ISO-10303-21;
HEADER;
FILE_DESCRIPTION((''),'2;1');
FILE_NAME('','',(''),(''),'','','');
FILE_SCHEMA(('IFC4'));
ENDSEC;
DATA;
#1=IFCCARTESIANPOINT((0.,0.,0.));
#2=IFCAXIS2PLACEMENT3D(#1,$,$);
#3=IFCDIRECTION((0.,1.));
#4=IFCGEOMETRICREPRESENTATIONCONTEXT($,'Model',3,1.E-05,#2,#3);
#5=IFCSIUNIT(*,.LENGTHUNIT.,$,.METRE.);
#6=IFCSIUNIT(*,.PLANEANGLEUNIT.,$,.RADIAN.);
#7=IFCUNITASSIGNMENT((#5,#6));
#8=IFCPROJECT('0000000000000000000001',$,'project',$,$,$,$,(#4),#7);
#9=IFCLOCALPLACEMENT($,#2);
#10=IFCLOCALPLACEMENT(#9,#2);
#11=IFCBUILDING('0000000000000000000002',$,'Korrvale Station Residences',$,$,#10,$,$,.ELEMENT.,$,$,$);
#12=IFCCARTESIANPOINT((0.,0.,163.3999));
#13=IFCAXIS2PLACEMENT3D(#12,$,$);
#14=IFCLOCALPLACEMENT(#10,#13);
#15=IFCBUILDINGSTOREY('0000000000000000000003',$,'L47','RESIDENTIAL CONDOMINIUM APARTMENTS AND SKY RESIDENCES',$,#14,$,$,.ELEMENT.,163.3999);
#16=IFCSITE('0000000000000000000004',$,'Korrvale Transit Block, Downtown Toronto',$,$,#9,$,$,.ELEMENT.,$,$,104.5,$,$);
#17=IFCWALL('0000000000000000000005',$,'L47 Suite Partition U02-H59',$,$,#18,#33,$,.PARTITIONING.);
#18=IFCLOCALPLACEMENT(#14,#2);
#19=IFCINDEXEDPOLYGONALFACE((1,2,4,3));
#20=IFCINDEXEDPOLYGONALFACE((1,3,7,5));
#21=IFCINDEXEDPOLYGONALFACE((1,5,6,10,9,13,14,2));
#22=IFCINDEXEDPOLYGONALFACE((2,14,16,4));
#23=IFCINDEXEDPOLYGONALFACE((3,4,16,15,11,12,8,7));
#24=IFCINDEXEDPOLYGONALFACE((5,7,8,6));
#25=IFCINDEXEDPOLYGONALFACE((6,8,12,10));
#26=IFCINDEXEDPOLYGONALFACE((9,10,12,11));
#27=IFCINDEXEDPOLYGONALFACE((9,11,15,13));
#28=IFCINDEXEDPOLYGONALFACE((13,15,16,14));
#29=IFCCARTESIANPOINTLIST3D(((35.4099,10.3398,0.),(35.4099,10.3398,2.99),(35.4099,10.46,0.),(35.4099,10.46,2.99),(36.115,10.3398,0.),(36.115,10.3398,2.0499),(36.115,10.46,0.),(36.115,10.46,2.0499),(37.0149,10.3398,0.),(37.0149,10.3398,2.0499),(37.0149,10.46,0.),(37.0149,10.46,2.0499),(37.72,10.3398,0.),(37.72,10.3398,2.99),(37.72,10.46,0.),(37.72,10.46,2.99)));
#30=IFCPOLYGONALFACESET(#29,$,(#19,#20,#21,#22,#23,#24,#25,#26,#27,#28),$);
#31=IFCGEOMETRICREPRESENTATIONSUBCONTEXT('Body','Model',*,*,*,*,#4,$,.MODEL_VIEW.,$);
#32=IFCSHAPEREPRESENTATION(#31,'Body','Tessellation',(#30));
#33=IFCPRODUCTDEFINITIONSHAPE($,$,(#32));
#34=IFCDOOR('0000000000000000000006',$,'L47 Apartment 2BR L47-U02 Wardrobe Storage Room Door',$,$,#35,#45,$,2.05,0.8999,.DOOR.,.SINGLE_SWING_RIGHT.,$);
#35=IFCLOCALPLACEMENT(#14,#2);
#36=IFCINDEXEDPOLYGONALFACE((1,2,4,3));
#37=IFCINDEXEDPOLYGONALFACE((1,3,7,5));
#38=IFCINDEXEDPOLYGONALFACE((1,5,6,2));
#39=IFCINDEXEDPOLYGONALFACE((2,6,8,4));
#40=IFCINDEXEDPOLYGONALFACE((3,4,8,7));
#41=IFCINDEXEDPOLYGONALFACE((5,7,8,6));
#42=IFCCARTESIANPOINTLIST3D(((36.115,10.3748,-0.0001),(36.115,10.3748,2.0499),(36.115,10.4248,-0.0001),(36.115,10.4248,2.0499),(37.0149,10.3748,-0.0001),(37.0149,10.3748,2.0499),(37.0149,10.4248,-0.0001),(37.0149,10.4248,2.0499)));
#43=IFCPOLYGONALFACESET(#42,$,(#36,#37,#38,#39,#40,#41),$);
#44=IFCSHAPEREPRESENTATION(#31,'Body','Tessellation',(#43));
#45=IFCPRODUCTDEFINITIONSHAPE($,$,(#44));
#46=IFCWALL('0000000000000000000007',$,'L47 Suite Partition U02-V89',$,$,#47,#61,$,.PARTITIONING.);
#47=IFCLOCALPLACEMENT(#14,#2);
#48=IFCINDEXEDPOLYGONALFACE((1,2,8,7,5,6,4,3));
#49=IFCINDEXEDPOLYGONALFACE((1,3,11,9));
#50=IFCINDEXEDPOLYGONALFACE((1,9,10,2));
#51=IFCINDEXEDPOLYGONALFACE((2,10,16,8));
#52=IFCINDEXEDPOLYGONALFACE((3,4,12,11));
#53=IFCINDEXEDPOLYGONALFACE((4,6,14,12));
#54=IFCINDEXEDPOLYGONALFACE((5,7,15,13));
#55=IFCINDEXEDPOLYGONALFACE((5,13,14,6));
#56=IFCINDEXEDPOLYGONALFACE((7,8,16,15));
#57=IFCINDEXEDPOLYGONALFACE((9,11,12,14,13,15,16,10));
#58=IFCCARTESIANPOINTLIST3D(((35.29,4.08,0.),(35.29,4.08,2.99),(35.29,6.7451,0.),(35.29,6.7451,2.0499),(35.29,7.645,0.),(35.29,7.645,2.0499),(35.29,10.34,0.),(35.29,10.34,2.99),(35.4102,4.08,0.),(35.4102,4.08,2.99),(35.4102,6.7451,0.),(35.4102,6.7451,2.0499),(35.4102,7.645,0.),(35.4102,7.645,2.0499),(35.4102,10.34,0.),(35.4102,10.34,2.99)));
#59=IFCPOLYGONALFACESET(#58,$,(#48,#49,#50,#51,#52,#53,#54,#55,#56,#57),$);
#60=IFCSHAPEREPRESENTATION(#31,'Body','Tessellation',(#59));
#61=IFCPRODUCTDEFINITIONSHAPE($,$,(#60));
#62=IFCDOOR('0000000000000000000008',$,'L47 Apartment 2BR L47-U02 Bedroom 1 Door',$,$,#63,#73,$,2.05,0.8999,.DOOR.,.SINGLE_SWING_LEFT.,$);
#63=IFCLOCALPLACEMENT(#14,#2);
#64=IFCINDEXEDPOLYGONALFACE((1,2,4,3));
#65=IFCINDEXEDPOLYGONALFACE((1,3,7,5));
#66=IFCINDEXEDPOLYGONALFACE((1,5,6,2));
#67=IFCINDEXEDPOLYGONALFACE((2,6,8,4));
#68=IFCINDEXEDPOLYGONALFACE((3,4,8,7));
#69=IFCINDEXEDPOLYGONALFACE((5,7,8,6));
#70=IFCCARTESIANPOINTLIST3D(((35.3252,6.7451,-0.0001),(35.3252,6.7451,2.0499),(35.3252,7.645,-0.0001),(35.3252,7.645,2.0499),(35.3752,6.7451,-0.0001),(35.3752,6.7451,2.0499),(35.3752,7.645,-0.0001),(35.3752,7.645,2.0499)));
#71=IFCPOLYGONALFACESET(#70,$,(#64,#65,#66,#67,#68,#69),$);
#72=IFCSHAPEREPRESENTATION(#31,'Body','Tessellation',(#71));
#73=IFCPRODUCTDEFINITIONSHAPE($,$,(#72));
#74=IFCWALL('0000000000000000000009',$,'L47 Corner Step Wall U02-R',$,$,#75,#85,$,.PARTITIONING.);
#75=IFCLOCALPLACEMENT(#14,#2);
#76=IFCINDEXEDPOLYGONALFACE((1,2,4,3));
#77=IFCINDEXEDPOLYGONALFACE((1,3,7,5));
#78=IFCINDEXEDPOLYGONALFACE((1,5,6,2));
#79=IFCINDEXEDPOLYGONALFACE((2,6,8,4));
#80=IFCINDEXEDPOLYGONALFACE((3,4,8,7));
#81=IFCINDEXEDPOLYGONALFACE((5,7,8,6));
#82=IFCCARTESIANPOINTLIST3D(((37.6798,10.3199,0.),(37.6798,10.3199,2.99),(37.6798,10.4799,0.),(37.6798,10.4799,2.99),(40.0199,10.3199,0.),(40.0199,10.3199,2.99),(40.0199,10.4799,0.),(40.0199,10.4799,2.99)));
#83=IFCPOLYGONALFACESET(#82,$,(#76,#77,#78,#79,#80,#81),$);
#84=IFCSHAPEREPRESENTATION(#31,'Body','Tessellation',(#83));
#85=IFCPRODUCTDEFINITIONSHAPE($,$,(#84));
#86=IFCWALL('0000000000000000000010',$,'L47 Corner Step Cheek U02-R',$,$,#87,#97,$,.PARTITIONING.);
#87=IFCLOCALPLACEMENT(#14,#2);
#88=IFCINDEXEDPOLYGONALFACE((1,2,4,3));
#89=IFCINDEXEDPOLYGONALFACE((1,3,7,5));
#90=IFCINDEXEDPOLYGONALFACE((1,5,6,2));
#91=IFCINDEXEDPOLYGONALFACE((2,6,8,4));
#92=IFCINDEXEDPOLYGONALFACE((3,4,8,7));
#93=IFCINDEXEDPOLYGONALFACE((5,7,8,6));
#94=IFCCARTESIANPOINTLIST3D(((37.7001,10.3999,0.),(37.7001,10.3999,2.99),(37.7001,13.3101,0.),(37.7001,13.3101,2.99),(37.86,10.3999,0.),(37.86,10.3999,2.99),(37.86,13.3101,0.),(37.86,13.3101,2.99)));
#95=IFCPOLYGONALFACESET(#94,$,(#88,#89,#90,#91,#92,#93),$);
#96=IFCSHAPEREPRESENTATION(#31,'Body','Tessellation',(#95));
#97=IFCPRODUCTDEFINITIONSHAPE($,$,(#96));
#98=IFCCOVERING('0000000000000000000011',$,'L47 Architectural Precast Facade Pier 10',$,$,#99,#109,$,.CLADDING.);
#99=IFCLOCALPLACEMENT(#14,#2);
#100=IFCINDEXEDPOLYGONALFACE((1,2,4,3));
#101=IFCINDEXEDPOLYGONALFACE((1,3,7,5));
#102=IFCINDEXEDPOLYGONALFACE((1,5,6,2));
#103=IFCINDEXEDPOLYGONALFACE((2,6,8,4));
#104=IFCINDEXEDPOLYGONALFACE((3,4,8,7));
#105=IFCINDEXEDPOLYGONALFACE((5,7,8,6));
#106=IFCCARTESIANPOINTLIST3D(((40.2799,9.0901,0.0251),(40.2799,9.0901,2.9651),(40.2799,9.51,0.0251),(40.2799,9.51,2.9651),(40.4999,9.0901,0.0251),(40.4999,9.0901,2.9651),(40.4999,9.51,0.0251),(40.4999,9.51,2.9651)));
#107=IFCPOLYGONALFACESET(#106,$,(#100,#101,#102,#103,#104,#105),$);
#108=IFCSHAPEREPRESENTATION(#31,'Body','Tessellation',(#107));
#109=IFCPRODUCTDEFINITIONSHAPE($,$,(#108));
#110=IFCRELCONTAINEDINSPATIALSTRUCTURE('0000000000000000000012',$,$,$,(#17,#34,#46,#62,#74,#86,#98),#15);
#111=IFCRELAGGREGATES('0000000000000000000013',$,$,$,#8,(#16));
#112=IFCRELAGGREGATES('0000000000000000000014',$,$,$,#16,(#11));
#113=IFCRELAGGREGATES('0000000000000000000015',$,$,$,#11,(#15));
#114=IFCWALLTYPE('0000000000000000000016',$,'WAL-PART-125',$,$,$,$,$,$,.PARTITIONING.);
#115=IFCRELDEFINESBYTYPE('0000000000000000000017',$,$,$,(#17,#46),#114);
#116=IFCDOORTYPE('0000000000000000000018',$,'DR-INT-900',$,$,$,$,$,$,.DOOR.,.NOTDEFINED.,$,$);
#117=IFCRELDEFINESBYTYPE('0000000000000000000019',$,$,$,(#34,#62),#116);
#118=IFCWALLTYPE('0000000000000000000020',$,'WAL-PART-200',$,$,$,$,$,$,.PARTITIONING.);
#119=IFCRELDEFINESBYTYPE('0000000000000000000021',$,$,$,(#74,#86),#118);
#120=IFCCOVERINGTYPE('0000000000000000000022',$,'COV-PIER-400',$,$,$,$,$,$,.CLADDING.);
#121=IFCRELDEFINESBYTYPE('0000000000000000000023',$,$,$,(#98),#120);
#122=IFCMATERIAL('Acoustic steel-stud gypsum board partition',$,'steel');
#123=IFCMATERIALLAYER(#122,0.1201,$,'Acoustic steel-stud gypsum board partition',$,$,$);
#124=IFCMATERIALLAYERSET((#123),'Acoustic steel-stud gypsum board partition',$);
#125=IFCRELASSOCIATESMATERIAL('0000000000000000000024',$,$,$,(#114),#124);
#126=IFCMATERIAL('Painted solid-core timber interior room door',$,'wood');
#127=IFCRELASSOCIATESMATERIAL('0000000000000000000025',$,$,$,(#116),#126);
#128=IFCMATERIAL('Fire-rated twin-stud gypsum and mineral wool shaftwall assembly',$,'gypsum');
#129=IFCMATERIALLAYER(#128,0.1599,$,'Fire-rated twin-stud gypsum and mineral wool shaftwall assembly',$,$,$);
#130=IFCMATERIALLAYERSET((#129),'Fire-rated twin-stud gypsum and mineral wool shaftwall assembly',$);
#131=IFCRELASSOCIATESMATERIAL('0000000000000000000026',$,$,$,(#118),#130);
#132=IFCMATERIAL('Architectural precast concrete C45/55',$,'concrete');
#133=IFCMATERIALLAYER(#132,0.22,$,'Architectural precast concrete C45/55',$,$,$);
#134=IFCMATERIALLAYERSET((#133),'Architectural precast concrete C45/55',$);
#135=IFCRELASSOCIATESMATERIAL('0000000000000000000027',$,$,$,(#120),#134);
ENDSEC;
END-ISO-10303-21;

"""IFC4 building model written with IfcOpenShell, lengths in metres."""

from ifc_helpers import new_model, si_unit, direction, frame, frame_2d, origin, origin_2d, place, context, subcontext, project, spatial, rectangle, extrude, material, layer, layer_set, type_object, element, fill, save


model = new_model("IFC4")

# Units and contexts
model_context = context("Model", 3, precision=1e-05, world=origin(), true_north=direction((0.0, 1.0)))
body_context = subcontext(model_context, "Body", "Model", "MODEL_VIEW")
ifc_project = project(units=[si_unit("LENGTHUNIT", "METRE"), si_unit("PLANEANGLEUNIT", "RADIAN")], contexts=[model_context])

# Site, building, storey
site_placement = place(None, origin())
site = spatial("IfcSite", under=ifc_project, at=site_placement, Name="Korrvale Transit Block, Downtown Toronto", CompositionType="ELEMENT", RefElevation=104.5)
building_placement = place(site_placement, origin())
building = spatial("IfcBuilding", under=site, at=building_placement, Name="Korrvale Station Residences", CompositionType="ELEMENT")
storey_placement = place(building_placement, frame((0.0, 0.0, 163.3999)))
storey = spatial("IfcBuildingStorey", under=building, at=storey_placement, Name="L47", Description="RESIDENTIAL CONDOMINIUM APARTMENTS AND SKY RESIDENCES", CompositionType="ELEMENT", Elevation=163.3999)

# Shared definitions
ifc_material_1 = material(Name="Acoustic steel-stud gypsum board partition", Category="steel")
ifc_layer_1 = layer(ifc_material_1, 0.1201, Name="Acoustic steel-stud gypsum board partition")
ifc_layer_set_1 = layer_set([ifc_layer_1], Name="Acoustic steel-stud gypsum board partition")
wall_type_1 = type_object("IfcWallType", Name="WAL-PART-125", PredefinedType="PARTITIONING", material=ifc_layer_set_1)

# Walls, openings, doors
wall_1_placement = place(storey_placement, frame((35.4099, 10.3999, 0.0), z_axis=(0.0, 0.0, 1.0), x_axis=(1.0, 0.0, 0.0)))
wall_1 = element("IfcWall", 1, at=wall_1_placement, inside=storey, type_object=wall_type_1, Name="L47 Suite Partition U02-H59", PredefinedType="PARTITIONING", context=body_context, shape_type="SweptSolid", body=[
    extrude(rectangle(XDim=2.3101, YDim=0.1201, at=frame_2d((1.155, 0.0))), origin(), (0.0, 0.0, 1.0), 2.99),
])
opening_1_placement = place(wall_1_placement, frame((0.7051, 0.0, 0.0)))
opening_1 = element("IfcOpeningElement", 2, at=opening_1_placement, cuts=wall_1, PredefinedType="OPENING", context=body_context, shape_type="SweptSolid", body=[
    extrude(rectangle(XDim=0.8999, YDim=2.05, at=frame_2d((0.45, 1.0249))), frame((0.0, 0.0701, 0.0), z_axis=(0.0, -1.0, 0.0), x_axis=(1.0, 0.0, 0.0)), (0.0, 0.0, 1.0), 0.1401),
])
ifc_material_2 = material(Name="Painted solid-core timber interior room door", Category="wood")
door_type = type_object("IfcDoorType", Name="DR-INT-900", OperationType="NOTDEFINED", PredefinedType="DOOR", material=ifc_material_2)
door_1_placement = place(opening_1_placement, origin())
door_1 = element("IfcDoor", 3, at=door_1_placement, inside=storey, type_object=door_type, Name="L47 Apartment 2BR L47-U02 Wardrobe Storage Room Door", OperationType="SINGLE_SWING_RIGHT", OverallHeight=2.05, OverallWidth=0.8999, PredefinedType="DOOR", context=body_context, shape_type="SweptSolid", body=[
    extrude(rectangle(XDim=0.8999, YDim=2.05, at=frame_2d((0.45, 1.0249))), frame((0.0, 0.0249, 0.0), z_axis=(0.0, -1.0, 0.0), x_axis=(1.0, 0.0, 0.0)), (0.0, 0.0, 1.0), 0.05),
])
fill(opening_1, door_1)
wall_2_placement = place(storey_placement, frame((35.3501, 4.0801, 0.0), z_axis=(0.0, 0.0, 1.0), x_axis=(0.0, 1.0, 0.0)))
wall_2 = element("IfcWall", 4, at=wall_2_placement, inside=storey, type_object=wall_type_1, Name="L47 Suite Partition U02-V89", PredefinedType="PARTITIONING", context=body_context, shape_type="SweptSolid", body=[
    extrude(rectangle(XDim=6.26, YDim=0.1201, at=frame_2d((3.1299, 0.0))), origin(), (0.0, 0.0, 1.0), 2.99),
])
opening_2_placement = place(wall_2_placement, frame((2.665, 0.0, 0.0)))
opening_2 = element("IfcOpeningElement", 5, at=opening_2_placement, cuts=wall_2, PredefinedType="OPENING", context=body_context, shape_type="SweptSolid", body=[
    extrude(rectangle(XDim=0.8999, YDim=2.05, at=frame_2d((0.45, 1.0249))), frame((0.0, 0.0701, 0.0), z_axis=(0.0, -1.0, 0.0), x_axis=(1.0, 0.0, 0.0)), (0.0, 0.0, 1.0), 0.1401),
])
door_2_placement = place(opening_2_placement, origin())
door_2 = element("IfcDoor", 6, at=door_2_placement, inside=storey, type_object=door_type, Name="L47 Apartment 2BR L47-U02 Bedroom 1 Door", OperationType="SINGLE_SWING_LEFT", OverallHeight=2.05, OverallWidth=0.8999, PredefinedType="DOOR", context=body_context, shape_type="SweptSolid", body=[
    extrude(rectangle(XDim=0.8999, YDim=2.05, at=frame_2d((0.45, 1.0249))), frame((0.0, 0.0249, 0.0), z_axis=(0.0, -1.0, 0.0), x_axis=(1.0, 0.0, 0.0)), (0.0, 0.0, 1.0), 0.05),
])
fill(opening_2, door_2)

# Walls
ifc_material_3 = material(Name="Fire-rated twin-stud gypsum and mineral wool shaftwall assembly", Category="gypsum")
ifc_layer_2 = layer(ifc_material_3, 0.1599, Name="Fire-rated twin-stud gypsum and mineral wool shaftwall assembly")
ifc_layer_set_2 = layer_set([ifc_layer_2], Name="Fire-rated twin-stud gypsum and mineral wool shaftwall assembly")
wall_type_2 = type_object("IfcWallType", Name="WAL-PART-200", PredefinedType="PARTITIONING", material=ifc_layer_set_2)
wall_3_placement = place(storey_placement, frame((37.6799, 10.3999, 0.0), z_axis=(0.0, 0.0, 1.0), x_axis=(1.0, 0.0, 0.0)))
element("IfcWall", 7, at=wall_3_placement, inside=storey, type_object=wall_type_2, Name="L47 Corner Step Wall U02-R", PredefinedType="PARTITIONING", context=body_context, shape_type="SweptSolid", body=[
    extrude(rectangle(XDim=2.3401, YDim=0.1599, at=frame_2d((1.1699, 0.0))), origin(), (0.0, 0.0, 1.0), 2.99),
])
wall_4_placement = place(storey_placement, frame((37.78, 10.3999, 0.0), z_axis=(0.0, 0.0, 1.0), x_axis=(0.0, 1.0, 0.0)))
element("IfcWall", 8, at=wall_4_placement, inside=storey, type_object=wall_type_2, Name="L47 Corner Step Cheek U02-R", PredefinedType="PARTITIONING", context=body_context, shape_type="SweptSolid", body=[
    extrude(rectangle(XDim=2.9102, YDim=0.1599, at=frame_2d((1.4551, 0.0))), origin(), (0.0, 0.0, 1.0), 2.99),
])

# Covering
ifc_material_4 = material(Name="Architectural precast concrete C45/55", Category="concrete")
ifc_layer_3 = layer(ifc_material_4, 0.22, Name="Architectural precast concrete C45/55")
ifc_layer_set_3 = layer_set([ifc_layer_3], Name="Architectural precast concrete C45/55")
covering_type = type_object("IfcCoveringType", Name="COV-PIER-400", PredefinedType="CLADDING", material=ifc_layer_set_3)
covering_placement = place(storey_placement, frame((40.3899, 9.3, 0.0251), z_axis=(0.0, 0.0, 1.0), x_axis=(0.0, 1.0, 0.0)))
element("IfcCovering", 9, at=covering_placement, inside=storey, type_object=covering_type, Name="L47 Architectural Precast Facade Pier 10", PredefinedType="CLADDING", context=body_context, shape_type="SweptSolid", body=[
    extrude(rectangle(XDim=0.4199, YDim=0.22, at=origin_2d()), origin(), (0.0, 0.0, 1.0), 2.9399),
])

save(model, "model.ifc")
